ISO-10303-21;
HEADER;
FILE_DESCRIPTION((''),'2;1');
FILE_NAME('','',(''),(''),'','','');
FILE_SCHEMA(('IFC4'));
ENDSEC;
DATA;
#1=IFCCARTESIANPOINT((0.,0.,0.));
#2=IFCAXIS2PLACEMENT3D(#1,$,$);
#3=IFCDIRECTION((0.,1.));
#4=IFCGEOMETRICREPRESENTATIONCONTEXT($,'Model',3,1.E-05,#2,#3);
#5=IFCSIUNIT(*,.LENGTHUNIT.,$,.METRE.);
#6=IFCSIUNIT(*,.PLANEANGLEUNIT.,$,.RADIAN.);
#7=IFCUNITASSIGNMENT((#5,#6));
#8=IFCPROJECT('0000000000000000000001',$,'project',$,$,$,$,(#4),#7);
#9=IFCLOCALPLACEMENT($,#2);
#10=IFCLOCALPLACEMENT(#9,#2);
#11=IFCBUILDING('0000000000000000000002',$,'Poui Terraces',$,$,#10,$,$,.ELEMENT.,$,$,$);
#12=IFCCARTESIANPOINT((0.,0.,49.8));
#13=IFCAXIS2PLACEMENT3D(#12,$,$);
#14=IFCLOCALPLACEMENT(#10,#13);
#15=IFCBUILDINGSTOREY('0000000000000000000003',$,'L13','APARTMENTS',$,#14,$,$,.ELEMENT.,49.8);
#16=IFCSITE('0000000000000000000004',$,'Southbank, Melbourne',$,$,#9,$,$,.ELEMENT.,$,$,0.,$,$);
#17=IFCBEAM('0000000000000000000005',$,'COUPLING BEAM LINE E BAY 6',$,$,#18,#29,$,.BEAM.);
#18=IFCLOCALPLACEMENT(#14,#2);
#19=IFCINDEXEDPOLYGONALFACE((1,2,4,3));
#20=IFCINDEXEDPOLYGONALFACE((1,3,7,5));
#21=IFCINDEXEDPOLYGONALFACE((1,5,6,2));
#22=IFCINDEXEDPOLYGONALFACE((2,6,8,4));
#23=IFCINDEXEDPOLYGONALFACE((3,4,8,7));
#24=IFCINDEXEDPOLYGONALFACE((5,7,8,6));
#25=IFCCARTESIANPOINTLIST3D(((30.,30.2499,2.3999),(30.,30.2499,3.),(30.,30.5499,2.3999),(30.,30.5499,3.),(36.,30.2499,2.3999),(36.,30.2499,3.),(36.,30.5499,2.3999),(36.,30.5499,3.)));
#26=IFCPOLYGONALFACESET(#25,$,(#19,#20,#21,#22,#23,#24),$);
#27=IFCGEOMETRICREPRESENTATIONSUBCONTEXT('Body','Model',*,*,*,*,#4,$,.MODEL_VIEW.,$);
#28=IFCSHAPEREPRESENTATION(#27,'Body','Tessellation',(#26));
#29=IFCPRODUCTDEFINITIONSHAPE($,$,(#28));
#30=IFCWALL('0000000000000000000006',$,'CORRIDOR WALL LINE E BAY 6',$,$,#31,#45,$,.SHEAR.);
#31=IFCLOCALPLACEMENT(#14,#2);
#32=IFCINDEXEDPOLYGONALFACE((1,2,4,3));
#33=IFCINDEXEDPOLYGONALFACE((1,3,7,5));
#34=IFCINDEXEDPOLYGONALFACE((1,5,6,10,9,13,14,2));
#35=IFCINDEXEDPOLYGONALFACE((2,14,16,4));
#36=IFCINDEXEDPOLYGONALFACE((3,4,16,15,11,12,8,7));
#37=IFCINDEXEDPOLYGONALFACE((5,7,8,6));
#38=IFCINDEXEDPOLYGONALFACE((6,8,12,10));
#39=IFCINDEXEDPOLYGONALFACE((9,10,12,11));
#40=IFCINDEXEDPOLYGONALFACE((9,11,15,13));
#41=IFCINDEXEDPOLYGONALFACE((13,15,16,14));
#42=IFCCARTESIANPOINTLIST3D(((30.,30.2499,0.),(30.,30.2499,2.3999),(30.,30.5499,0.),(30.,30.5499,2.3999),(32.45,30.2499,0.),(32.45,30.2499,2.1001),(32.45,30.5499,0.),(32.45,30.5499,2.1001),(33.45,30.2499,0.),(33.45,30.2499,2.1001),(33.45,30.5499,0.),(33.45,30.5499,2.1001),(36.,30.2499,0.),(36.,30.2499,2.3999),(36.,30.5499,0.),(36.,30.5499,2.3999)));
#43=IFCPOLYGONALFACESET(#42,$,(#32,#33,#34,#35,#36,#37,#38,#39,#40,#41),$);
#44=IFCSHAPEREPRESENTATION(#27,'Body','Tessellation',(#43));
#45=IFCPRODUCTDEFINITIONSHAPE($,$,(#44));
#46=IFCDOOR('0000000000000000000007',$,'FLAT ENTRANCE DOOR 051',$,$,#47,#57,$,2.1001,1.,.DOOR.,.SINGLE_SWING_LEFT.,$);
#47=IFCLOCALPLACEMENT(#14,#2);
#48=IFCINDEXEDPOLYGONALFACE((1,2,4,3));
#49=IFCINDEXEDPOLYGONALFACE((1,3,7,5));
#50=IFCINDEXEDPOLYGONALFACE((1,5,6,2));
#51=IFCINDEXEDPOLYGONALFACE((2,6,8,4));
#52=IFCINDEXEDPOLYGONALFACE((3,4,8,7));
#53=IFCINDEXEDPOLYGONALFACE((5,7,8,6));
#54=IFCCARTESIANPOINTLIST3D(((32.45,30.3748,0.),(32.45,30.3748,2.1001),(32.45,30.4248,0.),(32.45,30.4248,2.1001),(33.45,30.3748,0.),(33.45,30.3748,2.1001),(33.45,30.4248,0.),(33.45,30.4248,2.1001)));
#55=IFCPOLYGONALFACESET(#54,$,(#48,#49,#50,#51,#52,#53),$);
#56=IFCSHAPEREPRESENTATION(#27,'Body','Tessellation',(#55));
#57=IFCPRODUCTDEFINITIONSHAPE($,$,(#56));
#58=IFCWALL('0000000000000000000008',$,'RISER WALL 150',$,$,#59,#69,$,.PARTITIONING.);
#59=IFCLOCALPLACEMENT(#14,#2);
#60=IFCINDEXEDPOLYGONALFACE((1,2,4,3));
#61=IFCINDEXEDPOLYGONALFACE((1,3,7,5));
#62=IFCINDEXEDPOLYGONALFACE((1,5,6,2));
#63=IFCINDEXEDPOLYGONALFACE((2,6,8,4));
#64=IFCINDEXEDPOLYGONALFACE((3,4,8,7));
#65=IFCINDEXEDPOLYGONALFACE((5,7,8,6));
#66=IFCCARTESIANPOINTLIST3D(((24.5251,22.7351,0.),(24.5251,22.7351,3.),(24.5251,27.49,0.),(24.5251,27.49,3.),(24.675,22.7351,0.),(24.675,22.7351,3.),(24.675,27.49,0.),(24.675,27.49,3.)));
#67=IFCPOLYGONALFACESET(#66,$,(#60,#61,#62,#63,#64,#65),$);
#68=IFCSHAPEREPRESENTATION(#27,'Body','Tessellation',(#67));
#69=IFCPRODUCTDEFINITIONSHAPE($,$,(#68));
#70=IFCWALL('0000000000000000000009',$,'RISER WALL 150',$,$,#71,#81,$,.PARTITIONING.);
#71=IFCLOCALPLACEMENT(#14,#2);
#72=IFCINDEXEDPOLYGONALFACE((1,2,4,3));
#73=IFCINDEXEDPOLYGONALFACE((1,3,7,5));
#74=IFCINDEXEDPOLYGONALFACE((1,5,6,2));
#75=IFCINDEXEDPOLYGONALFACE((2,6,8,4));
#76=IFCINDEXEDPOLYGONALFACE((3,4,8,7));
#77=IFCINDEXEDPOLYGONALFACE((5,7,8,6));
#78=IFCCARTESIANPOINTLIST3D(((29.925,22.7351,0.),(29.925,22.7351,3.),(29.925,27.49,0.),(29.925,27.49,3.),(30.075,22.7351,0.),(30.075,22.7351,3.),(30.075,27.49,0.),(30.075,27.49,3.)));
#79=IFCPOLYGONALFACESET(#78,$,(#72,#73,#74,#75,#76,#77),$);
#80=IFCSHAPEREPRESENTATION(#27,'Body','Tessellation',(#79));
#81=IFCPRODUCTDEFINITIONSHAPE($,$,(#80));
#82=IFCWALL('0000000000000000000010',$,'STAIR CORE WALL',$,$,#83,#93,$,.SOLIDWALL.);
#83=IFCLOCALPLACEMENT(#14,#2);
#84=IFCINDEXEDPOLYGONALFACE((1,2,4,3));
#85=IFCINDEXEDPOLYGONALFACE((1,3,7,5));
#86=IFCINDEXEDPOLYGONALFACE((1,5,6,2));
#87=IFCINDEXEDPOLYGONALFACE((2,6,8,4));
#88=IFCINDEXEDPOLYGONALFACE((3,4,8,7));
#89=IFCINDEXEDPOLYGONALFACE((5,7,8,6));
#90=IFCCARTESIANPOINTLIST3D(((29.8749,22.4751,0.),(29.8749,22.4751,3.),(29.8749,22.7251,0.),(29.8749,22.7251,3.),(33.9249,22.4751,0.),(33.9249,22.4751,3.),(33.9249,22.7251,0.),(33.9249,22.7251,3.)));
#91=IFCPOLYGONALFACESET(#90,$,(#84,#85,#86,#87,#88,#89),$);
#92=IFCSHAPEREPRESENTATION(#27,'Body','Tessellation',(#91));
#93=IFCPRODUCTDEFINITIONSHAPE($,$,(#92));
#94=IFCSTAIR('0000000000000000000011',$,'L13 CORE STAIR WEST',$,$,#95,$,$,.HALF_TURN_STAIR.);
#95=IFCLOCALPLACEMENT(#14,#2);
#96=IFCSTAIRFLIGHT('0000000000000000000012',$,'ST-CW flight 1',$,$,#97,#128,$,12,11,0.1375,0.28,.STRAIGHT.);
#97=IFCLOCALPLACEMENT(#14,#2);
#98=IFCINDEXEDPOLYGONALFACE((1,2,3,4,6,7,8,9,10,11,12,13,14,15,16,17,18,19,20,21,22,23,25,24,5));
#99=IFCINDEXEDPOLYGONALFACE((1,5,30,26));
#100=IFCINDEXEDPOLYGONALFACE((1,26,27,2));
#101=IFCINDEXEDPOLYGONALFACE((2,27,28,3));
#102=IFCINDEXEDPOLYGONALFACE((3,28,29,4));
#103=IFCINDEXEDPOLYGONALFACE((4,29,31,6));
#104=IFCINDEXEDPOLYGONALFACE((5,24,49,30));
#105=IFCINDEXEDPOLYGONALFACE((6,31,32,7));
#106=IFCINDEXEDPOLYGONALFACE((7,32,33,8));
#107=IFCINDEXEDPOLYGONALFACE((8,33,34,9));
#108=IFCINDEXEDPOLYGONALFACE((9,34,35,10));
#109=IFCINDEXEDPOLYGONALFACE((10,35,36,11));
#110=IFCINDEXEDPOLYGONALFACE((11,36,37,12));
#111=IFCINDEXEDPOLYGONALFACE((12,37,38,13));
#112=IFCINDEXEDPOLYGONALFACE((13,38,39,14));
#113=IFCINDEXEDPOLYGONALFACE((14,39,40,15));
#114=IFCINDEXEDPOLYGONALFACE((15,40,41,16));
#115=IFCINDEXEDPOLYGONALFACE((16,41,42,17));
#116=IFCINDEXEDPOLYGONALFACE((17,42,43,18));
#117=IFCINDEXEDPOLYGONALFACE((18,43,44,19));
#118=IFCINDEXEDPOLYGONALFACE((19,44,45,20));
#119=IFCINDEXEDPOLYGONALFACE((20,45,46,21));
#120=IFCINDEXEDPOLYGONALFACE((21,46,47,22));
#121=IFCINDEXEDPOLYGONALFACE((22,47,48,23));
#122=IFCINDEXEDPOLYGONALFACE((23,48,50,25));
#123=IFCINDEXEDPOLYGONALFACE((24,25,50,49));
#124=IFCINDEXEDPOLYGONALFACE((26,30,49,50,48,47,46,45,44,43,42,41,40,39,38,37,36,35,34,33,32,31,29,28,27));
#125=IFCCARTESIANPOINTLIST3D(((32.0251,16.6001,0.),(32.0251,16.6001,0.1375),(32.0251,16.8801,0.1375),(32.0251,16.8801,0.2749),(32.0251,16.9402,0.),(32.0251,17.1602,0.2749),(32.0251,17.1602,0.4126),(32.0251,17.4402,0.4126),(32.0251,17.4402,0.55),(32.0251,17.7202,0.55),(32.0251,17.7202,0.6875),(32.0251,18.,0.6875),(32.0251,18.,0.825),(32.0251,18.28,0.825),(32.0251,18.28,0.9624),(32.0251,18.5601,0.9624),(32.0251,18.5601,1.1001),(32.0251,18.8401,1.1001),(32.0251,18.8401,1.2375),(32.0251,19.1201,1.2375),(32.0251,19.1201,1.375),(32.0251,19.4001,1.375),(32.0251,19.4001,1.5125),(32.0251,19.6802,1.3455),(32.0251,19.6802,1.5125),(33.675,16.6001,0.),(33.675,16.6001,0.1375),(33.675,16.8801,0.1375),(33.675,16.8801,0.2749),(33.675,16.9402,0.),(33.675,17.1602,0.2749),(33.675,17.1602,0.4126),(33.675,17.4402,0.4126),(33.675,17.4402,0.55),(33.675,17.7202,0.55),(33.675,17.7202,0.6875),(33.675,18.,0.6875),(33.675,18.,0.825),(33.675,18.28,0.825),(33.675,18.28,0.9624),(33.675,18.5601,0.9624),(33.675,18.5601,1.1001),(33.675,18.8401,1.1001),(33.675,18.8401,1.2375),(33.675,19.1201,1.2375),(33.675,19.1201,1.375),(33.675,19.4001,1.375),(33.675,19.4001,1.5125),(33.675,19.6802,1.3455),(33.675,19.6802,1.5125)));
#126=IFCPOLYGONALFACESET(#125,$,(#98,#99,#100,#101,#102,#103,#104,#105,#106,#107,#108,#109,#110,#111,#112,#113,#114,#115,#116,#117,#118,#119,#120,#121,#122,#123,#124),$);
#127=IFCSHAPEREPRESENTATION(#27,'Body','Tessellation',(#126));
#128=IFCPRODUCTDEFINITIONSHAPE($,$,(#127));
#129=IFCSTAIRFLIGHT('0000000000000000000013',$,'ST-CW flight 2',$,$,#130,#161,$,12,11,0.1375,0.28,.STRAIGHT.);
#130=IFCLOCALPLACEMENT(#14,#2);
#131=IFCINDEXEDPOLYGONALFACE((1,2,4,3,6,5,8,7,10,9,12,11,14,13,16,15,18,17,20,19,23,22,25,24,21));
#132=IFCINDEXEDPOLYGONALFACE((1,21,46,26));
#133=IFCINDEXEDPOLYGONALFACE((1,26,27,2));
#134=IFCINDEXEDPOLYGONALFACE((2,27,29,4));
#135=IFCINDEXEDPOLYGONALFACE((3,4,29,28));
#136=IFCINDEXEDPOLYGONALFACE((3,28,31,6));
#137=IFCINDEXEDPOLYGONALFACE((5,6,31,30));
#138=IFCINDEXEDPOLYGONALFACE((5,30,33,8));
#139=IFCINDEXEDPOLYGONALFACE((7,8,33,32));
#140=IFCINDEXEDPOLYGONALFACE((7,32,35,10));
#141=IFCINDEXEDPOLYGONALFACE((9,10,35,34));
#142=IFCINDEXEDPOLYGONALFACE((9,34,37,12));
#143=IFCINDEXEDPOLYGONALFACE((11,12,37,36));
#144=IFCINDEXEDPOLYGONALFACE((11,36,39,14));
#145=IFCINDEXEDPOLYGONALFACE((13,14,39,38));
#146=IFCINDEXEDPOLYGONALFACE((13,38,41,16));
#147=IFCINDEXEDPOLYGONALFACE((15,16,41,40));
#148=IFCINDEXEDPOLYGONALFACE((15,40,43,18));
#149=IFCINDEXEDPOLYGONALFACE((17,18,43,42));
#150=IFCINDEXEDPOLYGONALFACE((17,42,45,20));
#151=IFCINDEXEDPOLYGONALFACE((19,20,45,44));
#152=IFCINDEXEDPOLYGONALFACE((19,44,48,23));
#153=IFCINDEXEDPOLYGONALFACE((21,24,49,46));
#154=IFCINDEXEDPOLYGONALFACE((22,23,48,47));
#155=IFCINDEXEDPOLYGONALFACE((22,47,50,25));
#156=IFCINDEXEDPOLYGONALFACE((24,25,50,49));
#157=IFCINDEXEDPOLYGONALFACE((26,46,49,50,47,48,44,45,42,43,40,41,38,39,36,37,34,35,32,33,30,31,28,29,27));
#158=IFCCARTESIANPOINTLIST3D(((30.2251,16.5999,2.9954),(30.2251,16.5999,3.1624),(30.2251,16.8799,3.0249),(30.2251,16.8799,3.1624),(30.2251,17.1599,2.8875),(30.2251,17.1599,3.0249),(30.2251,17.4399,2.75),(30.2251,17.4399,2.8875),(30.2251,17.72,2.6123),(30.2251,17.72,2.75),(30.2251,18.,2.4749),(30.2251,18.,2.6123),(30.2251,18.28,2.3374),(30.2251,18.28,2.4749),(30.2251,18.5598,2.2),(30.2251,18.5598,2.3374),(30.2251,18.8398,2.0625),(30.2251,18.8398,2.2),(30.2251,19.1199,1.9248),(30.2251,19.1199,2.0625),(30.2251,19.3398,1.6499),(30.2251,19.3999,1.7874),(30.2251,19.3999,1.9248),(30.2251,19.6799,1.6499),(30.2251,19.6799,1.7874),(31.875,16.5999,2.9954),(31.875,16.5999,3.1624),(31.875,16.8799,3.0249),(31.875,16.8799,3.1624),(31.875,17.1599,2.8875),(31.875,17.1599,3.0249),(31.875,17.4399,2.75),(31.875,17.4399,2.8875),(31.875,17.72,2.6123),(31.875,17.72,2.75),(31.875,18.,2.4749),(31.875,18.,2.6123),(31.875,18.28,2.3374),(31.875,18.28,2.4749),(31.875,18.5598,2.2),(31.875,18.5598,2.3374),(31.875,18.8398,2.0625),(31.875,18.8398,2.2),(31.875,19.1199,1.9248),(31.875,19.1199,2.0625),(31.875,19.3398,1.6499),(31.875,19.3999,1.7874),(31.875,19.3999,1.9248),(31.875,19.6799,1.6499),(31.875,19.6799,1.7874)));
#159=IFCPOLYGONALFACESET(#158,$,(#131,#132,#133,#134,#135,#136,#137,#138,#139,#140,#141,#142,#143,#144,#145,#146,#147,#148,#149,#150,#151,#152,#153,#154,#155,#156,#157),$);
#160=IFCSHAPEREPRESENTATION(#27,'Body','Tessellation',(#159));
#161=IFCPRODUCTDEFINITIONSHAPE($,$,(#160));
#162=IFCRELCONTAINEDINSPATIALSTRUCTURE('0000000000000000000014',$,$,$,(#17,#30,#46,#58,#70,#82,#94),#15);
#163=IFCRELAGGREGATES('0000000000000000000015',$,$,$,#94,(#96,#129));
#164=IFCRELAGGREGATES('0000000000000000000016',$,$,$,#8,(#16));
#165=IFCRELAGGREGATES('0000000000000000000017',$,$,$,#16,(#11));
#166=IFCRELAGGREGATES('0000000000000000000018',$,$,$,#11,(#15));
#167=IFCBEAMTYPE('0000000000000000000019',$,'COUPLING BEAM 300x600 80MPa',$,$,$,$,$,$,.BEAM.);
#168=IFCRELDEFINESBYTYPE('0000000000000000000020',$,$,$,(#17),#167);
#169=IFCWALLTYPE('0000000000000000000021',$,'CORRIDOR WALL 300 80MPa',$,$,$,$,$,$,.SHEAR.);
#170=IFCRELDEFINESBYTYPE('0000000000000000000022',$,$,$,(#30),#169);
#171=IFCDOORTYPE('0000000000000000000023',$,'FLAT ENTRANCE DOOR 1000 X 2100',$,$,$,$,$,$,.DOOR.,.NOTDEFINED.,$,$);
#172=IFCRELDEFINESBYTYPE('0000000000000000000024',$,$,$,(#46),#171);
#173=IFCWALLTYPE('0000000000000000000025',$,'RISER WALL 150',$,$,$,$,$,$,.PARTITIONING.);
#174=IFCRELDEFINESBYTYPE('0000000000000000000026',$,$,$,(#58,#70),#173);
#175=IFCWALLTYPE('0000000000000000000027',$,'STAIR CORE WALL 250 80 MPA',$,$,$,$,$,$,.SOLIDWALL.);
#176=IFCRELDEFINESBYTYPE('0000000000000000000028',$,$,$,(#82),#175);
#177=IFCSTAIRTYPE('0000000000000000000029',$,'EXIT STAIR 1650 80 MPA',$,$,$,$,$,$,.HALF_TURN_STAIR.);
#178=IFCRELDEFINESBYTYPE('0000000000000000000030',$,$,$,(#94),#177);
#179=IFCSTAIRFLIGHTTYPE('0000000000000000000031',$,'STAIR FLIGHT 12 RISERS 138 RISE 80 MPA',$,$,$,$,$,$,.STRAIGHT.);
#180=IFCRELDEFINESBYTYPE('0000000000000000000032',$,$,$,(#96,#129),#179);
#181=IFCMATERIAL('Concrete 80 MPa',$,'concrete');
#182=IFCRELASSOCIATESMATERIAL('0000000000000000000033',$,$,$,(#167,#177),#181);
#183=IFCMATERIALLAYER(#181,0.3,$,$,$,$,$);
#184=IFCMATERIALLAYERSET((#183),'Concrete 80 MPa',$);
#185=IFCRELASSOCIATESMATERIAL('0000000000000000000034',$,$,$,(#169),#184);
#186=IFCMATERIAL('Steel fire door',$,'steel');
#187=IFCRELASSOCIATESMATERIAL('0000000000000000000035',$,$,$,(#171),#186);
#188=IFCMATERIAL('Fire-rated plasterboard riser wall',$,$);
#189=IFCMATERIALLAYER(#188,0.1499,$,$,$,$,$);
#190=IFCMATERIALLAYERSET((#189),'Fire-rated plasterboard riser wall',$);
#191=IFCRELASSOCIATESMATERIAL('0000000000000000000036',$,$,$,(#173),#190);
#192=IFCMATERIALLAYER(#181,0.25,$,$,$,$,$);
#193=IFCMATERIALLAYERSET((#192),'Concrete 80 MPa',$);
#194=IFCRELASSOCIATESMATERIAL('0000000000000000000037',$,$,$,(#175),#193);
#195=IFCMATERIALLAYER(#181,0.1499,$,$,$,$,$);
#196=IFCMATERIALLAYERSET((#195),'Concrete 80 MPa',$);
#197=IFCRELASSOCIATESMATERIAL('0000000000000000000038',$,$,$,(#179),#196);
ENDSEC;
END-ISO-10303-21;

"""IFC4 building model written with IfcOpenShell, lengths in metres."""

from ifc_helpers import new_model, si_unit, direction, frame, frame_2d, origin, origin_2d, place, context, subcontext, project, spatial, polyline, rectangle, outline, extrude, source, transform, mapped, material, layer, layer_set, material_profile, profile_set, type_object, element, fill, aggregate, save


model = new_model("IFC4")

# Units and contexts
model_context = context("Model", 3, precision=1e-05, world=origin(), true_north=direction((0.0, 1.0)))
body_context = subcontext(model_context, "Body", "Model", "MODEL_VIEW")
ifc_project = project(units=[si_unit("LENGTHUNIT", "METRE"), si_unit("PLANEANGLEUNIT", "RADIAN")], contexts=[model_context])

# Site, building, storey
site_placement = place(None, origin())
site = spatial("IfcSite", under=ifc_project, at=site_placement, Name="Southbank, Melbourne", CompositionType="ELEMENT", RefElevation=0.0)
building_placement = place(site_placement, origin())
building = spatial("IfcBuilding", under=site, at=building_placement, Name="Poui Terraces", CompositionType="ELEMENT")
storey_placement = place(building_placement, frame((0.0, 0.0, 49.8)))
storey = spatial("IfcBuildingStorey", under=building, at=storey_placement, Name="L13", Description="APARTMENTS", CompositionType="ELEMENT", Elevation=49.8)

# Beam
ifc_material_1 = material(Name="Concrete 80 MPa", Category="concrete")
ifc_material_profile = material_profile(ifc_material_1, rectangle(XDim=0.3, YDim=0.6001, at=origin_2d()), Name="RC 300x600")
ifc_profile_set = profile_set([ifc_material_profile], Name="Concrete 80 MPa")
beam_type = type_object("IfcBeamType", Name="COUPLING BEAM 300x600 80MPa", PredefinedType="BEAM", material=ifc_profile_set)
shared_shape = source(origin(), body_context, "Body", "SweptSolid", [
    extrude(rectangle(XDim=0.3, YDim=0.6001, at=origin_2d()), origin(), (0.0, 0.0, 1.0), 6.0),
])
beam_placement = place(storey_placement, frame((30.0, 30.3999, 2.7), z_axis=(1.0, 0.0, 0.0), x_axis=(0.0, 1.0, 0.0)))
element("IfcBeam", 1, at=beam_placement, inside=storey, type_object=beam_type, Name="COUPLING BEAM LINE E BAY 6", PredefinedType="BEAM", context=body_context, shape_type="MappedRepresentation", body=[
    mapped(shared_shape, transform((0.0, 0.0, 0.0))),
])

# Wall, opening, door
ifc_layer_1 = layer(ifc_material_1, 0.3)
ifc_layer_set_1 = layer_set([ifc_layer_1], Name="Concrete 80 MPa")
wall_type_1 = type_object("IfcWallType", Name="CORRIDOR WALL 300 80MPa", PredefinedType="SHEAR", material=ifc_layer_set_1)
wall_1_placement = place(storey_placement, frame((30.0, 30.3999, 0.0), z_axis=(0.0, 0.0, 1.0), x_axis=(1.0, 0.0, 0.0)))
wall_1 = element("IfcWall", 2, at=wall_1_placement, inside=storey, type_object=wall_type_1, Name="CORRIDOR WALL LINE E BAY 6", PredefinedType="SHEAR", context=body_context, shape_type="SweptSolid", body=[
    extrude(rectangle(XDim=6.0, YDim=0.3, at=frame_2d((3.0, 0.0))), origin(), (0.0, 0.0, 1.0), 2.3999),
])
opening_placement = place(wall_1_placement, frame((2.45, 0.0, 0.0)))
opening = element("IfcOpeningElement", 3, at=opening_placement, cuts=wall_1, PredefinedType="OPENING", context=body_context, shape_type="SweptSolid", body=[
    extrude(rectangle(XDim=1.0, YDim=2.1001, at=frame_2d((0.5, 1.05))), frame((0.0, 0.1602, 0.0), z_axis=(0.0, -1.0, 0.0), x_axis=(1.0, 0.0, 0.0)), (0.0, 0.0, 1.0), 0.3201),
])
ifc_material_2 = material(Name="Steel fire door", Category="steel")
door_type = type_object("IfcDoorType", Name="FLAT ENTRANCE DOOR 1000 X 2100", OperationType="NOTDEFINED", PredefinedType="DOOR", material=ifc_material_2)
door_placement = place(opening_placement, origin())
door = element("IfcDoor", 4, at=door_placement, inside=storey, type_object=door_type, Name="FLAT ENTRANCE DOOR 051", OperationType="SINGLE_SWING_LEFT", OverallHeight=2.1001, OverallWidth=1.0, PredefinedType="DOOR", context=body_context, shape_type="SweptSolid", body=[
    extrude(rectangle(XDim=1.0, YDim=2.1001, at=frame_2d((0.5, 1.05))), frame((0.0, 0.0249, 0.0), z_axis=(0.0, -1.0, 0.0), x_axis=(1.0, 0.0, 0.0)), (0.0, 0.0, 1.0), 0.05),
])
fill(opening, door)

# Walls
ifc_material_3 = material(Name="Fire-rated plasterboard riser wall")
ifc_layer_2 = layer(ifc_material_3, 0.1499)
ifc_layer_set_2 = layer_set([ifc_layer_2], Name="Fire-rated plasterboard riser wall")
wall_type_2 = type_object("IfcWallType", Name="RISER WALL 150", PredefinedType="PARTITIONING", material=ifc_layer_set_2)
for number, where, z_axis, x_axis, name in (
    (5, (24.6001, 22.7351, 0.0), (0.0, 0.0, 1.0), (0.0, 1.0, 0.0), "RISER WALL 150"),
    (6, (30.0, 22.7351, 0.0), (0.0, 0.0, 1.0), (0.0, 1.0, 0.0), "RISER WALL 150"),
):
    element("IfcWall", number, at=place(storey_placement, frame(where, z_axis=z_axis, x_axis=x_axis)), inside=storey, type_object=wall_type_2, Name=name, PredefinedType="PARTITIONING", context=body_context, shape_type="SweptSolid", body=[
        extrude(rectangle(XDim=4.7549, YDim=0.1499, at=frame_2d((2.3774, 0.0))), origin(), (0.0, 0.0, 1.0), 3.0),
    ])
ifc_layer_3 = layer(ifc_material_1, 0.25)
ifc_layer_set_3 = layer_set([ifc_layer_3], Name="Concrete 80 MPa")
wall_type_3 = type_object("IfcWallType", Name="STAIR CORE WALL 250 80 MPA", PredefinedType="SOLIDWALL", material=ifc_layer_set_3)
wall_2_placement = place(storey_placement, frame((29.875, 22.6001, 0.0), z_axis=(0.0, 0.0, 1.0), x_axis=(1.0, 0.0, 0.0)))
element("IfcWall", 7, at=wall_2_placement, inside=storey, type_object=wall_type_3, Name="STAIR CORE WALL", PredefinedType="SOLIDWALL", context=body_context, shape_type="SweptSolid", body=[
    extrude(rectangle(XDim=4.05, YDim=0.25, at=frame_2d((2.0249, 0.0))), origin(), (0.0, 0.0, 1.0), 3.0),
])

# Stair, stair flights
stair_type = type_object("IfcStairType", Name="EXIT STAIR 1650 80 MPA", PredefinedType="HALF_TURN_STAIR", material=ifc_material_1)
stair_placement = place(storey_placement, origin())
stair = element("IfcStair", 8, at=stair_placement, inside=storey, type_object=stair_type, Name="L13 CORE STAIR WEST", PredefinedType="HALF_TURN_STAIR")
ifc_layer_4 = layer(ifc_material_1, 0.1499)
ifc_layer_set_4 = layer_set([ifc_layer_4], Name="Concrete 80 MPa")
stair_flight_type = type_object("IfcStairFlightType", Name="STAIR FLIGHT 12 RISERS 138 RISE 80 MPA", PredefinedType="STRAIGHT", material=ifc_layer_set_4)
stair_flight_1_placement = place(storey_placement, frame((32.8501, 16.6001, 0.0), z_axis=(0.0, 0.0, 1.0), x_axis=(0.0, 1.0, 0.0)))
stair_flight_1 = element("IfcStairFlight", 9, at=stair_flight_1_placement, type_object=stair_flight_type, Name="ST-CW flight 1", NumberOfRisers=12, NumberOfTreads=11, PredefinedType="STRAIGHT", RiserHeight=0.1375, TreadLength=0.28, context=body_context, shape_type="SweptSolid", body=[
    extrude(outline(polyline([(0.0, 0.0), (0.0, 0.1375), (0.28, 0.1375), (0.28, 0.2749), (0.5601, 0.2749), (0.5601, 0.4126), (0.8401, 0.4126), (0.8401, 0.55), (1.1201, 0.55), (1.1201, 0.6875), (1.3999, 0.6875), (1.3999, 0.825), (1.6799, 0.825), (1.6799, 0.9624), (1.96, 0.9624), (1.96, 1.1001), (2.24, 1.1001), (2.24, 1.2375), (2.52, 1.2375), (2.52, 1.375), (2.8, 1.375), (2.8, 1.5125), (3.0801, 1.5125), (3.0801, 1.6499), (3.0801, 1.3455), (0.3401, 0.0), (0.0, 0.0)])), frame((0.0, 0.825, 0.0), z_axis=(0.0, -1.0, 0.0), x_axis=(1.0, 0.0, 0.0)), (0.0, 0.0, 1.0), 1.6499),
])
stair_flight_2_placement = place(storey_placement, frame((31.05, 19.6799, 1.6499), z_axis=(0.0, 0.0, 1.0), x_axis=(0.0, -1.0, 0.0)))
stair_flight_2 = element("IfcStairFlight", 10, at=stair_flight_2_placement, type_object=stair_flight_type, Name="ST-CW flight 2", NumberOfRisers=12, NumberOfTreads=11, PredefinedType="STRAIGHT", RiserHeight=0.1375, TreadLength=0.28, context=body_context, shape_type="SweptSolid", body=[
    extrude(outline(polyline([(0.0, 0.0), (0.0, 0.1375), (0.28, 0.1375), (0.28, 0.2749), (0.5601, 0.2749), (0.5601, 0.4126), (0.8401, 0.4126), (0.8401, 0.55), (1.1201, 0.55), (1.1201, 0.6875), (1.3999, 0.6875), (1.3999, 0.825), (1.6799, 0.825), (1.6799, 0.9624), (1.96, 0.9624), (1.96, 1.1001), (2.24, 1.1001), (2.24, 1.2375), (2.52, 1.2375), (2.52, 1.375), (2.8, 1.375), (2.8, 1.5125), (3.0801, 1.5125), (3.0801, 1.6499), (3.0801, 1.3455), (0.3401, 0.0), (0.0, 0.0)])), frame((0.0, 0.825, 0.0), z_axis=(0.0, -1.0, 0.0), x_axis=(1.0, 0.0, 0.0)), (0.0, 0.0, 1.0), 1.6499),
])
aggregate(stair, [stair_flight_1, stair_flight_2])

save(model, "model.ifc")
